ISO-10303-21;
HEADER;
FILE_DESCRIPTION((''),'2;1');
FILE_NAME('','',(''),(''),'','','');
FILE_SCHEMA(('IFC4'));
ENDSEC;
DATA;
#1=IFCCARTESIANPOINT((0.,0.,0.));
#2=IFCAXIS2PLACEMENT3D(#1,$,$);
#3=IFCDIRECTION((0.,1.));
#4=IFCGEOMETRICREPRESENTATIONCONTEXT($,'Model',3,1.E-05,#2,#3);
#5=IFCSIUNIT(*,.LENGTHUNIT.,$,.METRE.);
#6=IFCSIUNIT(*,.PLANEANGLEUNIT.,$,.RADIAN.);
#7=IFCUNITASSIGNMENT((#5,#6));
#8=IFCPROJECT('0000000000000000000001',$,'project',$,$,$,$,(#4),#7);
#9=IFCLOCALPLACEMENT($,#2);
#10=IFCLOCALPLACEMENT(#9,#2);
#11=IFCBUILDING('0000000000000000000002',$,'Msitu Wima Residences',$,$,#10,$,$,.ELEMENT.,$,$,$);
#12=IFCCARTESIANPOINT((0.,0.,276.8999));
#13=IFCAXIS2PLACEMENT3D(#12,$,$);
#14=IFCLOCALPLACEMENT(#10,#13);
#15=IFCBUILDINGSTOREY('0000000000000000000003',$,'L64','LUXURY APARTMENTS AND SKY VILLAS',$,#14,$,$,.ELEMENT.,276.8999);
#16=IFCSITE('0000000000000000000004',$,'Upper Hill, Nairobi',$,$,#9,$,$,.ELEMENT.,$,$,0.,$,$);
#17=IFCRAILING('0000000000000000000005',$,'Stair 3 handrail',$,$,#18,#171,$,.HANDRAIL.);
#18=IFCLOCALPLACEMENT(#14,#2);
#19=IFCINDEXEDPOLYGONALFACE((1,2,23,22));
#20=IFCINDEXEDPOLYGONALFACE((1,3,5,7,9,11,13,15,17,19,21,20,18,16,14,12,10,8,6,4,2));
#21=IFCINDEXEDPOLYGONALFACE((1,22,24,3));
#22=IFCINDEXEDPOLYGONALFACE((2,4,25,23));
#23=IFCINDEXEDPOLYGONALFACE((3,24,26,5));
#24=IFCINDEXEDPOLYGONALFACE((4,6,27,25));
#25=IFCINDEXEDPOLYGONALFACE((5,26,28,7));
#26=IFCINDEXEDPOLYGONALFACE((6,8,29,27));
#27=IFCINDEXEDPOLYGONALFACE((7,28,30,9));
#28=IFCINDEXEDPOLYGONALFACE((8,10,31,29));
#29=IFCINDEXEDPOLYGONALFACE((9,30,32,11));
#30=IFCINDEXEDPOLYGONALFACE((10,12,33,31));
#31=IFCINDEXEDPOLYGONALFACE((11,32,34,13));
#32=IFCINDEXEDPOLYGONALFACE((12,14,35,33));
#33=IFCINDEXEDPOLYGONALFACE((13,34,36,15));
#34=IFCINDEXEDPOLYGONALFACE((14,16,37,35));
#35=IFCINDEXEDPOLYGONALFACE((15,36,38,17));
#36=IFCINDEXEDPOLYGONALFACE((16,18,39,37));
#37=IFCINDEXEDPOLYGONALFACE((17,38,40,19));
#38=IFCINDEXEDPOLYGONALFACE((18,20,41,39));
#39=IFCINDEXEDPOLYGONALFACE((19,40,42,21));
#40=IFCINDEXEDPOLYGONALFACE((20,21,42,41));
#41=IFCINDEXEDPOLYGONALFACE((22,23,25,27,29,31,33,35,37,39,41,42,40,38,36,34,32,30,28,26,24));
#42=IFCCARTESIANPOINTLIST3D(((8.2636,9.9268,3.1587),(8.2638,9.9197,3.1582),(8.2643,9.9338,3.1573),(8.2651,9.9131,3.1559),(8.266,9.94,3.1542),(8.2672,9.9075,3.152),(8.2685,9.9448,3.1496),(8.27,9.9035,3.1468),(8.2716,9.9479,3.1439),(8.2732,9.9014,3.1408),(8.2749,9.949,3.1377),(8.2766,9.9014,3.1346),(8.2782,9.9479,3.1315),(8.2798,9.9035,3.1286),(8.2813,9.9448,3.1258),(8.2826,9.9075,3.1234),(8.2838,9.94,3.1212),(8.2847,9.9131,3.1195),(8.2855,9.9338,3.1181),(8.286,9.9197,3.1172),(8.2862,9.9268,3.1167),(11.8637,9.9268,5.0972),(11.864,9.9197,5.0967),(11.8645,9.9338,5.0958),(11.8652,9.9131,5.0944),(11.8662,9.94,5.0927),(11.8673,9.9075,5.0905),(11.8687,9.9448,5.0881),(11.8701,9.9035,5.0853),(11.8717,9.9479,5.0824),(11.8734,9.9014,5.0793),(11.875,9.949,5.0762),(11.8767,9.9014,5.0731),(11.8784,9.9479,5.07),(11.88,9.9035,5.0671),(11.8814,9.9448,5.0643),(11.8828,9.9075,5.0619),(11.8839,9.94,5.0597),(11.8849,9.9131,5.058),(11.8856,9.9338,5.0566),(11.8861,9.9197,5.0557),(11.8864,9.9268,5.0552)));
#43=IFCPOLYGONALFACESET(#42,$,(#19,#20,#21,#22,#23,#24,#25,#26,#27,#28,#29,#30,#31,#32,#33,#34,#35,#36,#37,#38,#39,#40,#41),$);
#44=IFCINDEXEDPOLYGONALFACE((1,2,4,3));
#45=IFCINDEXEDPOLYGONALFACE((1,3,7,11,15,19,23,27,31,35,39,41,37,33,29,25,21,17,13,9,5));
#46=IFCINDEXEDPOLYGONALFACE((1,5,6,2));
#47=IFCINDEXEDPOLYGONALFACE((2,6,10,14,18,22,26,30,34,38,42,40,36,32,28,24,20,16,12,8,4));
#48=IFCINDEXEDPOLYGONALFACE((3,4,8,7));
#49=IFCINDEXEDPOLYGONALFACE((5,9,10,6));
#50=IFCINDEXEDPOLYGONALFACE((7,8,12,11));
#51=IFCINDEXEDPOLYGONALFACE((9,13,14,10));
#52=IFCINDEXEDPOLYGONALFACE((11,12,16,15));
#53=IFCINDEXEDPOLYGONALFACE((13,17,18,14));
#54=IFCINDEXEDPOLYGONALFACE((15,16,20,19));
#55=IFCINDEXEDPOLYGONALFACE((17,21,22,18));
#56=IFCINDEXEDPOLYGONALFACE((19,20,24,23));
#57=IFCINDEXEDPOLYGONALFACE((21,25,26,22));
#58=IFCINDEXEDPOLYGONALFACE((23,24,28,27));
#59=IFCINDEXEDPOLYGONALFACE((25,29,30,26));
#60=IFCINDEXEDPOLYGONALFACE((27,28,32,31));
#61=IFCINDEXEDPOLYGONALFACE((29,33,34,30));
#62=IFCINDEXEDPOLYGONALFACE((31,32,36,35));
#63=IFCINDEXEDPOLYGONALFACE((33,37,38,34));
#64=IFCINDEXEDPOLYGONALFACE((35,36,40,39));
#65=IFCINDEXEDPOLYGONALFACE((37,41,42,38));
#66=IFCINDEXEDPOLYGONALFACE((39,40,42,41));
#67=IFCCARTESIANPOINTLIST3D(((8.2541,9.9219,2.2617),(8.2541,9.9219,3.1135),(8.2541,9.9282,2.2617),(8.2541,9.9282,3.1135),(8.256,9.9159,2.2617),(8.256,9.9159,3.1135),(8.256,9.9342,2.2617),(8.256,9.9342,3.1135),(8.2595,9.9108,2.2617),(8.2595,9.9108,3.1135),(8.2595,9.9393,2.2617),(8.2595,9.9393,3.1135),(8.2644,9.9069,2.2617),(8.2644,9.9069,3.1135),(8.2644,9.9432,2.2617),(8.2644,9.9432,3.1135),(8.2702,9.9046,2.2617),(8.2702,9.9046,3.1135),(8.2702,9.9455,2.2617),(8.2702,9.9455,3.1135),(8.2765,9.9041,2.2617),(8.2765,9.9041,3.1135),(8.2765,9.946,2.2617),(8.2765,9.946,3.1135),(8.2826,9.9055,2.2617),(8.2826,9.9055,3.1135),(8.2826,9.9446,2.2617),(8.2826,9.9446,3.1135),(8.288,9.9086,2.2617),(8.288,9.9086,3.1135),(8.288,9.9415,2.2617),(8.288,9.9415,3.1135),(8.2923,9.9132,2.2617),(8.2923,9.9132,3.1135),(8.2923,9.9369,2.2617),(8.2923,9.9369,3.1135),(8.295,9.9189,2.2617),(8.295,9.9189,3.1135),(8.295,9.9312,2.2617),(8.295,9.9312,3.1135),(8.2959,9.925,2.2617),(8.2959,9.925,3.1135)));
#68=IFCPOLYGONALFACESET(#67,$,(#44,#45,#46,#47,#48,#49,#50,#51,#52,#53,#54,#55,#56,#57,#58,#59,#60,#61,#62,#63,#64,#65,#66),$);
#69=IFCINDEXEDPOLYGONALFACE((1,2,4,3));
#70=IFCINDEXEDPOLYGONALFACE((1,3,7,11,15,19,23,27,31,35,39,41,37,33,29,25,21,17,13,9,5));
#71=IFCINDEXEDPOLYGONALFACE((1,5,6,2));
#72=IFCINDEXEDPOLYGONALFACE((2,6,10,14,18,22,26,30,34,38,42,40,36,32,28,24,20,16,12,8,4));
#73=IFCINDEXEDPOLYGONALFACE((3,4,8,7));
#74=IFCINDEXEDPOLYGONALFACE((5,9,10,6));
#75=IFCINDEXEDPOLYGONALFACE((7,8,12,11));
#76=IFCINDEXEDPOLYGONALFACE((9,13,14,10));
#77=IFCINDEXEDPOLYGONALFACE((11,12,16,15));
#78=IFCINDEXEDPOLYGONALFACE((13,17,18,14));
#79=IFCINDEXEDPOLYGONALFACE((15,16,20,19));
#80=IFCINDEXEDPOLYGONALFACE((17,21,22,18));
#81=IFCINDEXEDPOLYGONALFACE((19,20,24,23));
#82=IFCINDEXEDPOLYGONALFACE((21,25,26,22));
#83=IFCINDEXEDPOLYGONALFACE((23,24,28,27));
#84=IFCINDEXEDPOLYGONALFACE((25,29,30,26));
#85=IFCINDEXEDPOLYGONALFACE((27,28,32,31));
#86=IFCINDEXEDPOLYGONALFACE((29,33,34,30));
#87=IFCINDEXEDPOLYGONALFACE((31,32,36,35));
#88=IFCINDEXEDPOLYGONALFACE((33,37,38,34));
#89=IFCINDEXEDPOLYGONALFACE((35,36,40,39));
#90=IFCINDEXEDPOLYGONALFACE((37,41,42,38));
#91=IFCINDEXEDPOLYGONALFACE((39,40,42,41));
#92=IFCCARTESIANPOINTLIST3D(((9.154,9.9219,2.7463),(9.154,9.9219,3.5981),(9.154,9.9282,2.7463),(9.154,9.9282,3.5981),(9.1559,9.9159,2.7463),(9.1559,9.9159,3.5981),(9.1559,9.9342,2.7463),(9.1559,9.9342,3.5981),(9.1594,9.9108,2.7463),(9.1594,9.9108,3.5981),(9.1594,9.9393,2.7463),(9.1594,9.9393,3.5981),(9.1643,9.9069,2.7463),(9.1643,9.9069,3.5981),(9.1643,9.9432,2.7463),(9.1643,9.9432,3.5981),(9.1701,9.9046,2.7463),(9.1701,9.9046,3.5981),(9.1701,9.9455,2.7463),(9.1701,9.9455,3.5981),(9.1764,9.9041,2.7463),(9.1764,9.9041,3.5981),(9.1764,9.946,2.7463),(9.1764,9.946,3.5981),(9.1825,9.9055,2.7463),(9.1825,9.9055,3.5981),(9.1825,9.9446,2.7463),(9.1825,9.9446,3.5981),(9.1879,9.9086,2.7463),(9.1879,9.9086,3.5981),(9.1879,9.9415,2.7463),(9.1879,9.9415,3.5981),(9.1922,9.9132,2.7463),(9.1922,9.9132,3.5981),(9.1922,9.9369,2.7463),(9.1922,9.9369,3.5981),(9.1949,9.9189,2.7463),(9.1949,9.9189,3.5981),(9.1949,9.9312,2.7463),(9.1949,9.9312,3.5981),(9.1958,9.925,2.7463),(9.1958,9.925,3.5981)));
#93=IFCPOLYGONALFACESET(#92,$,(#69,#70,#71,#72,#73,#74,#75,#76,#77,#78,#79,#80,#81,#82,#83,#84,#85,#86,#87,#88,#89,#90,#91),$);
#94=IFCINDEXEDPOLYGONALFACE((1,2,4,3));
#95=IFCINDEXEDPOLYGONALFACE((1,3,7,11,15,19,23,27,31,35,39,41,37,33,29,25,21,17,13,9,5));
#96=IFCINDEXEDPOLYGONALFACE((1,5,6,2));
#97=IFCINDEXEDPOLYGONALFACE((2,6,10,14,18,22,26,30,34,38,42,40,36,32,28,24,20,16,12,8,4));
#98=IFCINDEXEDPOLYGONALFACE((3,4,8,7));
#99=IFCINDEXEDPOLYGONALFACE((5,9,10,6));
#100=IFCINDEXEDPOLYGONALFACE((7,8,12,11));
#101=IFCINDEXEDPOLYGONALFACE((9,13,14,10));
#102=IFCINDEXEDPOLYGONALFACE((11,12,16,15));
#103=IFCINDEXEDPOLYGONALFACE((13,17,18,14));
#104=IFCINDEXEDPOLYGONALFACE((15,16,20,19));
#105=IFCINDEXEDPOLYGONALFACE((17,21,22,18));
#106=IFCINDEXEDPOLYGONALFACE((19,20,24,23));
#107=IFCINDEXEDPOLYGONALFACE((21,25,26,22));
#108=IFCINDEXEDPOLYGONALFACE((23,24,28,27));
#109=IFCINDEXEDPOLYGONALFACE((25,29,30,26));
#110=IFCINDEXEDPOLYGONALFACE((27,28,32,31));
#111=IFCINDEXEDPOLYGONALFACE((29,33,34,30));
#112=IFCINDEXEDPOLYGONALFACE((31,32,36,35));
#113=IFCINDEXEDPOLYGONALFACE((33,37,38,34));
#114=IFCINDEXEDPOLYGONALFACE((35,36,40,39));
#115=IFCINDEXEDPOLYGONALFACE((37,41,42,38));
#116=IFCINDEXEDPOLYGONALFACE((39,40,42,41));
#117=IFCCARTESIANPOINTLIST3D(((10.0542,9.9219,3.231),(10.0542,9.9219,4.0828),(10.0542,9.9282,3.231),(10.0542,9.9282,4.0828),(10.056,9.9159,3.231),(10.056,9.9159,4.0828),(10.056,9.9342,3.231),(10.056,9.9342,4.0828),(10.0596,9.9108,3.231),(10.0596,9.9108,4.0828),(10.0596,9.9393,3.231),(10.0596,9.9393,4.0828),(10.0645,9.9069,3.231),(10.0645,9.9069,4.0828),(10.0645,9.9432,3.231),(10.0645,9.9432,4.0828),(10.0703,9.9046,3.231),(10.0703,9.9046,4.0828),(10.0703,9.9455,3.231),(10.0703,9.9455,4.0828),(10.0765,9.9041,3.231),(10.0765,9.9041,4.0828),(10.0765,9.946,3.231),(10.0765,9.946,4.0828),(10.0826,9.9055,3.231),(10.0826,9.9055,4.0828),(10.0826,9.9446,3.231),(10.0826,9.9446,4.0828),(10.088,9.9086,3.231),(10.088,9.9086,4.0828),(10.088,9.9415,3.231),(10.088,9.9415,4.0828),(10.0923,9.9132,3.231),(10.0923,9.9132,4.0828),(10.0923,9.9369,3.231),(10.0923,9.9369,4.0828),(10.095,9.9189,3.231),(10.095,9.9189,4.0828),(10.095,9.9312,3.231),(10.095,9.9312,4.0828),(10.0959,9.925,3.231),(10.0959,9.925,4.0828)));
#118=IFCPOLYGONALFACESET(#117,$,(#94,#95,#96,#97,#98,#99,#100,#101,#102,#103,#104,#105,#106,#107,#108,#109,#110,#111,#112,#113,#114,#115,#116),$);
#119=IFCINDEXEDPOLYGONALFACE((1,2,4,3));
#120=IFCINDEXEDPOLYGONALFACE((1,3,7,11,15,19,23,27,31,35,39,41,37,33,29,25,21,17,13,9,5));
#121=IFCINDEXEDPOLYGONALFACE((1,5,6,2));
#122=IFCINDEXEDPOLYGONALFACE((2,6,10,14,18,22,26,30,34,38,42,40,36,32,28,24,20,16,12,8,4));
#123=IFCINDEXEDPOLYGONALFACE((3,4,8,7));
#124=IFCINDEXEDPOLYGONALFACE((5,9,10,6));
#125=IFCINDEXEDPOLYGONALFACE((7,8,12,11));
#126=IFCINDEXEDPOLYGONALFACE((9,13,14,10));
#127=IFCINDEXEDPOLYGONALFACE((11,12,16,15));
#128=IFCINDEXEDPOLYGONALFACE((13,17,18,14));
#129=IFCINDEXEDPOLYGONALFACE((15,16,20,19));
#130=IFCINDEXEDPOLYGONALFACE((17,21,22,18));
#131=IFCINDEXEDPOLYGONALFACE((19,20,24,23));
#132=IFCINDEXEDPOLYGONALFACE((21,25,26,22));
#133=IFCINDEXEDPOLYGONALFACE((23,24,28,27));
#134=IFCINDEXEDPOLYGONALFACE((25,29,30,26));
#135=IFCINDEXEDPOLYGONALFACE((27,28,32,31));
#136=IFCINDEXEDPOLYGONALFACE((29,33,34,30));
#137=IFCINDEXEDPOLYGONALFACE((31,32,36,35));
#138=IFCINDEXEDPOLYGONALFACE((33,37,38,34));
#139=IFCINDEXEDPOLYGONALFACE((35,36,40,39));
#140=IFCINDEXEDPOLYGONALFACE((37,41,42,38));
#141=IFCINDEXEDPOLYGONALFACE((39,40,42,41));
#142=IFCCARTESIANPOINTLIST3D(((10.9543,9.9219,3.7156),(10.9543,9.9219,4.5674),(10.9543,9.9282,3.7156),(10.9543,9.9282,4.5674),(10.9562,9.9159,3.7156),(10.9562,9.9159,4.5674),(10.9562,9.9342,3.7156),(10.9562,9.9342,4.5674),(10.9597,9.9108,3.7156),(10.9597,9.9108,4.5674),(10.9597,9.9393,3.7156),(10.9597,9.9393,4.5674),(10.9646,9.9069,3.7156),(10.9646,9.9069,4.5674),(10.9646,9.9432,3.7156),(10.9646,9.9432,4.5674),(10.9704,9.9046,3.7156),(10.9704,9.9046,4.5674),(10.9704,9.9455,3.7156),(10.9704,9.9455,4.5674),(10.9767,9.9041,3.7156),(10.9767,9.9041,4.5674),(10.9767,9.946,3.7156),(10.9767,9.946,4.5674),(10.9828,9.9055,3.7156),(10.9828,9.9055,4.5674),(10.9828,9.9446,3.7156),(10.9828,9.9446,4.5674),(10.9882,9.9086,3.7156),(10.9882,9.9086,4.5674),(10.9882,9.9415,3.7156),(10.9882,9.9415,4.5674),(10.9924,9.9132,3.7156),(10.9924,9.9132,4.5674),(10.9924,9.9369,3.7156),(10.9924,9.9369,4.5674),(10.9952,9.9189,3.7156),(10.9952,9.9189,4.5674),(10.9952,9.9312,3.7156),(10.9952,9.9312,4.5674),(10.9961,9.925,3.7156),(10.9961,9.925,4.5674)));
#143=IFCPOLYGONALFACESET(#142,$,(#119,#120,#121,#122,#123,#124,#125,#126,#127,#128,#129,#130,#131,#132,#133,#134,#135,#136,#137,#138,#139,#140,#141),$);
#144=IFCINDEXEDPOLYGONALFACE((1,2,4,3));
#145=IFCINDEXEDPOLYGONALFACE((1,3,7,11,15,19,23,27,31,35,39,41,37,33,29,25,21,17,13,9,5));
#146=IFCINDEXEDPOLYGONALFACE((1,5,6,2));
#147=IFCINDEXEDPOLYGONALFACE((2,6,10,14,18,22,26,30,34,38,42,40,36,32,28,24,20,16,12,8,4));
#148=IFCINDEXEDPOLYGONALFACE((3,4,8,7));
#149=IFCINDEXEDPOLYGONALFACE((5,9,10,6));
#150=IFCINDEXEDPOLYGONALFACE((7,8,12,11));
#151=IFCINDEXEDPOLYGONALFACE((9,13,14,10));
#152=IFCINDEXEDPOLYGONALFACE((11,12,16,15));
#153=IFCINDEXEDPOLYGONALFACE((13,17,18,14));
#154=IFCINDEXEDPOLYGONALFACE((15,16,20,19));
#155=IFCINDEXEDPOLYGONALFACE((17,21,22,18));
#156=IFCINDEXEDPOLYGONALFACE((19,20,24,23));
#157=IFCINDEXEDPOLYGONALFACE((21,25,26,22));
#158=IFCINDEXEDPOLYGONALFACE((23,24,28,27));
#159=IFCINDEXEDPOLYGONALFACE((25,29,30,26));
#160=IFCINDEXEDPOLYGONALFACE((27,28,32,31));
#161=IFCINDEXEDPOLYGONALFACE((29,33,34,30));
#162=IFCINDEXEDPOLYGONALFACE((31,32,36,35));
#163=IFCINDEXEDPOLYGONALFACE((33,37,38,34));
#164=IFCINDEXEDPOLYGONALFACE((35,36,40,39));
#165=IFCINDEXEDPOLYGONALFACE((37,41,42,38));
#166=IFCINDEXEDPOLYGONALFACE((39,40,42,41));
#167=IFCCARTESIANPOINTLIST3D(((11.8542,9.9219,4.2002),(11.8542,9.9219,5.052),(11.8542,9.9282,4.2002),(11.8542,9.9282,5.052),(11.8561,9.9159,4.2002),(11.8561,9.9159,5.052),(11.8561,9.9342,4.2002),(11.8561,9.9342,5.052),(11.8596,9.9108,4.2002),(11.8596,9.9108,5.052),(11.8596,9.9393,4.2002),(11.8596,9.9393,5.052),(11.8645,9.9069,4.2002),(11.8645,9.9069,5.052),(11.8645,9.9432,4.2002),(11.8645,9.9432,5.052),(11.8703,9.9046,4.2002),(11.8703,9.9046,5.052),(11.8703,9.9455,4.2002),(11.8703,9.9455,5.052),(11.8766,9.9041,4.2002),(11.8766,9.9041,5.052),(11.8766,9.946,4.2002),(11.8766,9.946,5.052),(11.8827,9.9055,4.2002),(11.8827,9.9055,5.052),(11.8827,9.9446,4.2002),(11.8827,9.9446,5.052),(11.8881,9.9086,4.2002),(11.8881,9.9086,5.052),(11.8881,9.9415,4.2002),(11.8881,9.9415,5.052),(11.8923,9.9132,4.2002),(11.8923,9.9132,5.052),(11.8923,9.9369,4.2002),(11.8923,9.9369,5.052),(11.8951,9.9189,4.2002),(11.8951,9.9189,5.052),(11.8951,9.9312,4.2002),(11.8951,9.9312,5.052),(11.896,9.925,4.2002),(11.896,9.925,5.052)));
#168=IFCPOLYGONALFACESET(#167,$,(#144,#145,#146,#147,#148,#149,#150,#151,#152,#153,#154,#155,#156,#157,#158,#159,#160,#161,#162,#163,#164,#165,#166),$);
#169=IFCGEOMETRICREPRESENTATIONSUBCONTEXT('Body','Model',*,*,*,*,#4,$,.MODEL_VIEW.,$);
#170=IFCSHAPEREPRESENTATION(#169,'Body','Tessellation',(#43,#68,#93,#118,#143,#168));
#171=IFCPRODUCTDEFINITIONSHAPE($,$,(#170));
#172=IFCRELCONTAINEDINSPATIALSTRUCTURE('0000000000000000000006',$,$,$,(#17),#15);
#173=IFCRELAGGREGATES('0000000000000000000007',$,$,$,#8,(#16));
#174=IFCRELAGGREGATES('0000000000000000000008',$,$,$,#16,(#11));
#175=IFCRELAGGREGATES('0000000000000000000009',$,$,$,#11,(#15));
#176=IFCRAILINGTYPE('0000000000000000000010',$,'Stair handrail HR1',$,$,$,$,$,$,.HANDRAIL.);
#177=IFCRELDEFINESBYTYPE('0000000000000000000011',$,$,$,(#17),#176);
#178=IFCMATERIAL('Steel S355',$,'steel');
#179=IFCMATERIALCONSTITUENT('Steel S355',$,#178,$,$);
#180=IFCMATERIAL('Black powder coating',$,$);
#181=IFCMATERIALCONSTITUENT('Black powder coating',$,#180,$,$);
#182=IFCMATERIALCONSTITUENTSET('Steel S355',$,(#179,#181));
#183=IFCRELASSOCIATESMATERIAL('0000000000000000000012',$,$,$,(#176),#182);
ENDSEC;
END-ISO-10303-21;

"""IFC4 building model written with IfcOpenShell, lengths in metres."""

from ifc_helpers import new_model, si_unit, direction, frame, origin, origin_2d, place, context, subcontext, project, spatial, circle, extrude, material, constituent, constituent_set, type_object, element, save


model = new_model("IFC4")

# Units and contexts
model_context = context("Model", 3, precision=1e-05, world=origin(), true_north=direction((0.0, 1.0)))
body_context = subcontext(model_context, "Body", "Model", "MODEL_VIEW")
ifc_project = project(units=[si_unit("LENGTHUNIT", "METRE"), si_unit("PLANEANGLEUNIT", "RADIAN")], contexts=[model_context])

# Site, building, storey
site_placement = place(None, origin())
site = spatial("IfcSite", under=ifc_project, at=site_placement, Name="Upper Hill, Nairobi", CompositionType="ELEMENT", RefElevation=0.0)
building_placement = place(site_placement, origin())
building = spatial("IfcBuilding", under=site, at=building_placement, Name="Msitu Wima Residences", CompositionType="ELEMENT")
storey_placement = place(building_placement, frame((0.0, 0.0, 276.8999)))
storey = spatial("IfcBuildingStorey", under=building, at=storey_placement, Name="L64", Description="LUXURY APARTMENTS AND SKY VILLAS", CompositionType="ELEMENT", Elevation=276.8999)

# Railing
ifc_material_1 = material(Name="Steel S355", Category="steel")
ifc_constituent_1 = constituent(ifc_material_1, Name="Steel S355")
ifc_material_2 = material(Name="Black powder coating")
ifc_constituent_2 = constituent(ifc_material_2, Name="Black powder coating")
ifc_constituent_set = constituent_set(constituents=[ifc_constituent_1, ifc_constituent_2], Name="Steel S355")
railing_type = type_object("IfcRailingType", Name="Stair handrail HR1", PredefinedType="HANDRAIL", material=ifc_constituent_set)
for number, where, name in (
    (1, (8.2749, 9.925, 2.2617), "Stair 3 handrail"),
):
    element("IfcRailing", number, at=place(storey_placement, frame(where)), inside=storey, type_object=railing_type, Name=name, PredefinedType="HANDRAIL", context=body_context, shape_type="SweptSolid", body=[
        extrude(circle(Radius=0.0239, at=origin_2d()), frame((0.0, 0.0, 0.876), z_axis=(0.880475, 0.0, 0.474093), x_axis=(0.0, 1.0, 0.0)), (0.0, 0.0, 1.0), 4.0889),
        extrude(circle(Radius=0.021, at=origin_2d()), origin(), (0.0, 0.0, 1.0), 0.8518),
        extrude(circle(Radius=0.021, at=origin_2d()), frame((0.8999, 0.0, 0.4846)), (0.0, 0.0, 1.0), 0.8518),
        extrude(circle(Radius=0.021, at=origin_2d()), frame((1.8, 0.0, 0.9692)), (0.0, 0.0, 1.0), 0.8518),
        extrude(circle(Radius=0.021, at=origin_2d()), frame((2.7002, 0.0, 1.4539)), (0.0, 0.0, 1.0), 0.8518),
        extrude(circle(Radius=0.021, at=origin_2d()), frame((3.6001, 0.0, 1.9385)), (0.0, 0.0, 1.0), 0.8518),
    ])

save(model, "model.ifc")
